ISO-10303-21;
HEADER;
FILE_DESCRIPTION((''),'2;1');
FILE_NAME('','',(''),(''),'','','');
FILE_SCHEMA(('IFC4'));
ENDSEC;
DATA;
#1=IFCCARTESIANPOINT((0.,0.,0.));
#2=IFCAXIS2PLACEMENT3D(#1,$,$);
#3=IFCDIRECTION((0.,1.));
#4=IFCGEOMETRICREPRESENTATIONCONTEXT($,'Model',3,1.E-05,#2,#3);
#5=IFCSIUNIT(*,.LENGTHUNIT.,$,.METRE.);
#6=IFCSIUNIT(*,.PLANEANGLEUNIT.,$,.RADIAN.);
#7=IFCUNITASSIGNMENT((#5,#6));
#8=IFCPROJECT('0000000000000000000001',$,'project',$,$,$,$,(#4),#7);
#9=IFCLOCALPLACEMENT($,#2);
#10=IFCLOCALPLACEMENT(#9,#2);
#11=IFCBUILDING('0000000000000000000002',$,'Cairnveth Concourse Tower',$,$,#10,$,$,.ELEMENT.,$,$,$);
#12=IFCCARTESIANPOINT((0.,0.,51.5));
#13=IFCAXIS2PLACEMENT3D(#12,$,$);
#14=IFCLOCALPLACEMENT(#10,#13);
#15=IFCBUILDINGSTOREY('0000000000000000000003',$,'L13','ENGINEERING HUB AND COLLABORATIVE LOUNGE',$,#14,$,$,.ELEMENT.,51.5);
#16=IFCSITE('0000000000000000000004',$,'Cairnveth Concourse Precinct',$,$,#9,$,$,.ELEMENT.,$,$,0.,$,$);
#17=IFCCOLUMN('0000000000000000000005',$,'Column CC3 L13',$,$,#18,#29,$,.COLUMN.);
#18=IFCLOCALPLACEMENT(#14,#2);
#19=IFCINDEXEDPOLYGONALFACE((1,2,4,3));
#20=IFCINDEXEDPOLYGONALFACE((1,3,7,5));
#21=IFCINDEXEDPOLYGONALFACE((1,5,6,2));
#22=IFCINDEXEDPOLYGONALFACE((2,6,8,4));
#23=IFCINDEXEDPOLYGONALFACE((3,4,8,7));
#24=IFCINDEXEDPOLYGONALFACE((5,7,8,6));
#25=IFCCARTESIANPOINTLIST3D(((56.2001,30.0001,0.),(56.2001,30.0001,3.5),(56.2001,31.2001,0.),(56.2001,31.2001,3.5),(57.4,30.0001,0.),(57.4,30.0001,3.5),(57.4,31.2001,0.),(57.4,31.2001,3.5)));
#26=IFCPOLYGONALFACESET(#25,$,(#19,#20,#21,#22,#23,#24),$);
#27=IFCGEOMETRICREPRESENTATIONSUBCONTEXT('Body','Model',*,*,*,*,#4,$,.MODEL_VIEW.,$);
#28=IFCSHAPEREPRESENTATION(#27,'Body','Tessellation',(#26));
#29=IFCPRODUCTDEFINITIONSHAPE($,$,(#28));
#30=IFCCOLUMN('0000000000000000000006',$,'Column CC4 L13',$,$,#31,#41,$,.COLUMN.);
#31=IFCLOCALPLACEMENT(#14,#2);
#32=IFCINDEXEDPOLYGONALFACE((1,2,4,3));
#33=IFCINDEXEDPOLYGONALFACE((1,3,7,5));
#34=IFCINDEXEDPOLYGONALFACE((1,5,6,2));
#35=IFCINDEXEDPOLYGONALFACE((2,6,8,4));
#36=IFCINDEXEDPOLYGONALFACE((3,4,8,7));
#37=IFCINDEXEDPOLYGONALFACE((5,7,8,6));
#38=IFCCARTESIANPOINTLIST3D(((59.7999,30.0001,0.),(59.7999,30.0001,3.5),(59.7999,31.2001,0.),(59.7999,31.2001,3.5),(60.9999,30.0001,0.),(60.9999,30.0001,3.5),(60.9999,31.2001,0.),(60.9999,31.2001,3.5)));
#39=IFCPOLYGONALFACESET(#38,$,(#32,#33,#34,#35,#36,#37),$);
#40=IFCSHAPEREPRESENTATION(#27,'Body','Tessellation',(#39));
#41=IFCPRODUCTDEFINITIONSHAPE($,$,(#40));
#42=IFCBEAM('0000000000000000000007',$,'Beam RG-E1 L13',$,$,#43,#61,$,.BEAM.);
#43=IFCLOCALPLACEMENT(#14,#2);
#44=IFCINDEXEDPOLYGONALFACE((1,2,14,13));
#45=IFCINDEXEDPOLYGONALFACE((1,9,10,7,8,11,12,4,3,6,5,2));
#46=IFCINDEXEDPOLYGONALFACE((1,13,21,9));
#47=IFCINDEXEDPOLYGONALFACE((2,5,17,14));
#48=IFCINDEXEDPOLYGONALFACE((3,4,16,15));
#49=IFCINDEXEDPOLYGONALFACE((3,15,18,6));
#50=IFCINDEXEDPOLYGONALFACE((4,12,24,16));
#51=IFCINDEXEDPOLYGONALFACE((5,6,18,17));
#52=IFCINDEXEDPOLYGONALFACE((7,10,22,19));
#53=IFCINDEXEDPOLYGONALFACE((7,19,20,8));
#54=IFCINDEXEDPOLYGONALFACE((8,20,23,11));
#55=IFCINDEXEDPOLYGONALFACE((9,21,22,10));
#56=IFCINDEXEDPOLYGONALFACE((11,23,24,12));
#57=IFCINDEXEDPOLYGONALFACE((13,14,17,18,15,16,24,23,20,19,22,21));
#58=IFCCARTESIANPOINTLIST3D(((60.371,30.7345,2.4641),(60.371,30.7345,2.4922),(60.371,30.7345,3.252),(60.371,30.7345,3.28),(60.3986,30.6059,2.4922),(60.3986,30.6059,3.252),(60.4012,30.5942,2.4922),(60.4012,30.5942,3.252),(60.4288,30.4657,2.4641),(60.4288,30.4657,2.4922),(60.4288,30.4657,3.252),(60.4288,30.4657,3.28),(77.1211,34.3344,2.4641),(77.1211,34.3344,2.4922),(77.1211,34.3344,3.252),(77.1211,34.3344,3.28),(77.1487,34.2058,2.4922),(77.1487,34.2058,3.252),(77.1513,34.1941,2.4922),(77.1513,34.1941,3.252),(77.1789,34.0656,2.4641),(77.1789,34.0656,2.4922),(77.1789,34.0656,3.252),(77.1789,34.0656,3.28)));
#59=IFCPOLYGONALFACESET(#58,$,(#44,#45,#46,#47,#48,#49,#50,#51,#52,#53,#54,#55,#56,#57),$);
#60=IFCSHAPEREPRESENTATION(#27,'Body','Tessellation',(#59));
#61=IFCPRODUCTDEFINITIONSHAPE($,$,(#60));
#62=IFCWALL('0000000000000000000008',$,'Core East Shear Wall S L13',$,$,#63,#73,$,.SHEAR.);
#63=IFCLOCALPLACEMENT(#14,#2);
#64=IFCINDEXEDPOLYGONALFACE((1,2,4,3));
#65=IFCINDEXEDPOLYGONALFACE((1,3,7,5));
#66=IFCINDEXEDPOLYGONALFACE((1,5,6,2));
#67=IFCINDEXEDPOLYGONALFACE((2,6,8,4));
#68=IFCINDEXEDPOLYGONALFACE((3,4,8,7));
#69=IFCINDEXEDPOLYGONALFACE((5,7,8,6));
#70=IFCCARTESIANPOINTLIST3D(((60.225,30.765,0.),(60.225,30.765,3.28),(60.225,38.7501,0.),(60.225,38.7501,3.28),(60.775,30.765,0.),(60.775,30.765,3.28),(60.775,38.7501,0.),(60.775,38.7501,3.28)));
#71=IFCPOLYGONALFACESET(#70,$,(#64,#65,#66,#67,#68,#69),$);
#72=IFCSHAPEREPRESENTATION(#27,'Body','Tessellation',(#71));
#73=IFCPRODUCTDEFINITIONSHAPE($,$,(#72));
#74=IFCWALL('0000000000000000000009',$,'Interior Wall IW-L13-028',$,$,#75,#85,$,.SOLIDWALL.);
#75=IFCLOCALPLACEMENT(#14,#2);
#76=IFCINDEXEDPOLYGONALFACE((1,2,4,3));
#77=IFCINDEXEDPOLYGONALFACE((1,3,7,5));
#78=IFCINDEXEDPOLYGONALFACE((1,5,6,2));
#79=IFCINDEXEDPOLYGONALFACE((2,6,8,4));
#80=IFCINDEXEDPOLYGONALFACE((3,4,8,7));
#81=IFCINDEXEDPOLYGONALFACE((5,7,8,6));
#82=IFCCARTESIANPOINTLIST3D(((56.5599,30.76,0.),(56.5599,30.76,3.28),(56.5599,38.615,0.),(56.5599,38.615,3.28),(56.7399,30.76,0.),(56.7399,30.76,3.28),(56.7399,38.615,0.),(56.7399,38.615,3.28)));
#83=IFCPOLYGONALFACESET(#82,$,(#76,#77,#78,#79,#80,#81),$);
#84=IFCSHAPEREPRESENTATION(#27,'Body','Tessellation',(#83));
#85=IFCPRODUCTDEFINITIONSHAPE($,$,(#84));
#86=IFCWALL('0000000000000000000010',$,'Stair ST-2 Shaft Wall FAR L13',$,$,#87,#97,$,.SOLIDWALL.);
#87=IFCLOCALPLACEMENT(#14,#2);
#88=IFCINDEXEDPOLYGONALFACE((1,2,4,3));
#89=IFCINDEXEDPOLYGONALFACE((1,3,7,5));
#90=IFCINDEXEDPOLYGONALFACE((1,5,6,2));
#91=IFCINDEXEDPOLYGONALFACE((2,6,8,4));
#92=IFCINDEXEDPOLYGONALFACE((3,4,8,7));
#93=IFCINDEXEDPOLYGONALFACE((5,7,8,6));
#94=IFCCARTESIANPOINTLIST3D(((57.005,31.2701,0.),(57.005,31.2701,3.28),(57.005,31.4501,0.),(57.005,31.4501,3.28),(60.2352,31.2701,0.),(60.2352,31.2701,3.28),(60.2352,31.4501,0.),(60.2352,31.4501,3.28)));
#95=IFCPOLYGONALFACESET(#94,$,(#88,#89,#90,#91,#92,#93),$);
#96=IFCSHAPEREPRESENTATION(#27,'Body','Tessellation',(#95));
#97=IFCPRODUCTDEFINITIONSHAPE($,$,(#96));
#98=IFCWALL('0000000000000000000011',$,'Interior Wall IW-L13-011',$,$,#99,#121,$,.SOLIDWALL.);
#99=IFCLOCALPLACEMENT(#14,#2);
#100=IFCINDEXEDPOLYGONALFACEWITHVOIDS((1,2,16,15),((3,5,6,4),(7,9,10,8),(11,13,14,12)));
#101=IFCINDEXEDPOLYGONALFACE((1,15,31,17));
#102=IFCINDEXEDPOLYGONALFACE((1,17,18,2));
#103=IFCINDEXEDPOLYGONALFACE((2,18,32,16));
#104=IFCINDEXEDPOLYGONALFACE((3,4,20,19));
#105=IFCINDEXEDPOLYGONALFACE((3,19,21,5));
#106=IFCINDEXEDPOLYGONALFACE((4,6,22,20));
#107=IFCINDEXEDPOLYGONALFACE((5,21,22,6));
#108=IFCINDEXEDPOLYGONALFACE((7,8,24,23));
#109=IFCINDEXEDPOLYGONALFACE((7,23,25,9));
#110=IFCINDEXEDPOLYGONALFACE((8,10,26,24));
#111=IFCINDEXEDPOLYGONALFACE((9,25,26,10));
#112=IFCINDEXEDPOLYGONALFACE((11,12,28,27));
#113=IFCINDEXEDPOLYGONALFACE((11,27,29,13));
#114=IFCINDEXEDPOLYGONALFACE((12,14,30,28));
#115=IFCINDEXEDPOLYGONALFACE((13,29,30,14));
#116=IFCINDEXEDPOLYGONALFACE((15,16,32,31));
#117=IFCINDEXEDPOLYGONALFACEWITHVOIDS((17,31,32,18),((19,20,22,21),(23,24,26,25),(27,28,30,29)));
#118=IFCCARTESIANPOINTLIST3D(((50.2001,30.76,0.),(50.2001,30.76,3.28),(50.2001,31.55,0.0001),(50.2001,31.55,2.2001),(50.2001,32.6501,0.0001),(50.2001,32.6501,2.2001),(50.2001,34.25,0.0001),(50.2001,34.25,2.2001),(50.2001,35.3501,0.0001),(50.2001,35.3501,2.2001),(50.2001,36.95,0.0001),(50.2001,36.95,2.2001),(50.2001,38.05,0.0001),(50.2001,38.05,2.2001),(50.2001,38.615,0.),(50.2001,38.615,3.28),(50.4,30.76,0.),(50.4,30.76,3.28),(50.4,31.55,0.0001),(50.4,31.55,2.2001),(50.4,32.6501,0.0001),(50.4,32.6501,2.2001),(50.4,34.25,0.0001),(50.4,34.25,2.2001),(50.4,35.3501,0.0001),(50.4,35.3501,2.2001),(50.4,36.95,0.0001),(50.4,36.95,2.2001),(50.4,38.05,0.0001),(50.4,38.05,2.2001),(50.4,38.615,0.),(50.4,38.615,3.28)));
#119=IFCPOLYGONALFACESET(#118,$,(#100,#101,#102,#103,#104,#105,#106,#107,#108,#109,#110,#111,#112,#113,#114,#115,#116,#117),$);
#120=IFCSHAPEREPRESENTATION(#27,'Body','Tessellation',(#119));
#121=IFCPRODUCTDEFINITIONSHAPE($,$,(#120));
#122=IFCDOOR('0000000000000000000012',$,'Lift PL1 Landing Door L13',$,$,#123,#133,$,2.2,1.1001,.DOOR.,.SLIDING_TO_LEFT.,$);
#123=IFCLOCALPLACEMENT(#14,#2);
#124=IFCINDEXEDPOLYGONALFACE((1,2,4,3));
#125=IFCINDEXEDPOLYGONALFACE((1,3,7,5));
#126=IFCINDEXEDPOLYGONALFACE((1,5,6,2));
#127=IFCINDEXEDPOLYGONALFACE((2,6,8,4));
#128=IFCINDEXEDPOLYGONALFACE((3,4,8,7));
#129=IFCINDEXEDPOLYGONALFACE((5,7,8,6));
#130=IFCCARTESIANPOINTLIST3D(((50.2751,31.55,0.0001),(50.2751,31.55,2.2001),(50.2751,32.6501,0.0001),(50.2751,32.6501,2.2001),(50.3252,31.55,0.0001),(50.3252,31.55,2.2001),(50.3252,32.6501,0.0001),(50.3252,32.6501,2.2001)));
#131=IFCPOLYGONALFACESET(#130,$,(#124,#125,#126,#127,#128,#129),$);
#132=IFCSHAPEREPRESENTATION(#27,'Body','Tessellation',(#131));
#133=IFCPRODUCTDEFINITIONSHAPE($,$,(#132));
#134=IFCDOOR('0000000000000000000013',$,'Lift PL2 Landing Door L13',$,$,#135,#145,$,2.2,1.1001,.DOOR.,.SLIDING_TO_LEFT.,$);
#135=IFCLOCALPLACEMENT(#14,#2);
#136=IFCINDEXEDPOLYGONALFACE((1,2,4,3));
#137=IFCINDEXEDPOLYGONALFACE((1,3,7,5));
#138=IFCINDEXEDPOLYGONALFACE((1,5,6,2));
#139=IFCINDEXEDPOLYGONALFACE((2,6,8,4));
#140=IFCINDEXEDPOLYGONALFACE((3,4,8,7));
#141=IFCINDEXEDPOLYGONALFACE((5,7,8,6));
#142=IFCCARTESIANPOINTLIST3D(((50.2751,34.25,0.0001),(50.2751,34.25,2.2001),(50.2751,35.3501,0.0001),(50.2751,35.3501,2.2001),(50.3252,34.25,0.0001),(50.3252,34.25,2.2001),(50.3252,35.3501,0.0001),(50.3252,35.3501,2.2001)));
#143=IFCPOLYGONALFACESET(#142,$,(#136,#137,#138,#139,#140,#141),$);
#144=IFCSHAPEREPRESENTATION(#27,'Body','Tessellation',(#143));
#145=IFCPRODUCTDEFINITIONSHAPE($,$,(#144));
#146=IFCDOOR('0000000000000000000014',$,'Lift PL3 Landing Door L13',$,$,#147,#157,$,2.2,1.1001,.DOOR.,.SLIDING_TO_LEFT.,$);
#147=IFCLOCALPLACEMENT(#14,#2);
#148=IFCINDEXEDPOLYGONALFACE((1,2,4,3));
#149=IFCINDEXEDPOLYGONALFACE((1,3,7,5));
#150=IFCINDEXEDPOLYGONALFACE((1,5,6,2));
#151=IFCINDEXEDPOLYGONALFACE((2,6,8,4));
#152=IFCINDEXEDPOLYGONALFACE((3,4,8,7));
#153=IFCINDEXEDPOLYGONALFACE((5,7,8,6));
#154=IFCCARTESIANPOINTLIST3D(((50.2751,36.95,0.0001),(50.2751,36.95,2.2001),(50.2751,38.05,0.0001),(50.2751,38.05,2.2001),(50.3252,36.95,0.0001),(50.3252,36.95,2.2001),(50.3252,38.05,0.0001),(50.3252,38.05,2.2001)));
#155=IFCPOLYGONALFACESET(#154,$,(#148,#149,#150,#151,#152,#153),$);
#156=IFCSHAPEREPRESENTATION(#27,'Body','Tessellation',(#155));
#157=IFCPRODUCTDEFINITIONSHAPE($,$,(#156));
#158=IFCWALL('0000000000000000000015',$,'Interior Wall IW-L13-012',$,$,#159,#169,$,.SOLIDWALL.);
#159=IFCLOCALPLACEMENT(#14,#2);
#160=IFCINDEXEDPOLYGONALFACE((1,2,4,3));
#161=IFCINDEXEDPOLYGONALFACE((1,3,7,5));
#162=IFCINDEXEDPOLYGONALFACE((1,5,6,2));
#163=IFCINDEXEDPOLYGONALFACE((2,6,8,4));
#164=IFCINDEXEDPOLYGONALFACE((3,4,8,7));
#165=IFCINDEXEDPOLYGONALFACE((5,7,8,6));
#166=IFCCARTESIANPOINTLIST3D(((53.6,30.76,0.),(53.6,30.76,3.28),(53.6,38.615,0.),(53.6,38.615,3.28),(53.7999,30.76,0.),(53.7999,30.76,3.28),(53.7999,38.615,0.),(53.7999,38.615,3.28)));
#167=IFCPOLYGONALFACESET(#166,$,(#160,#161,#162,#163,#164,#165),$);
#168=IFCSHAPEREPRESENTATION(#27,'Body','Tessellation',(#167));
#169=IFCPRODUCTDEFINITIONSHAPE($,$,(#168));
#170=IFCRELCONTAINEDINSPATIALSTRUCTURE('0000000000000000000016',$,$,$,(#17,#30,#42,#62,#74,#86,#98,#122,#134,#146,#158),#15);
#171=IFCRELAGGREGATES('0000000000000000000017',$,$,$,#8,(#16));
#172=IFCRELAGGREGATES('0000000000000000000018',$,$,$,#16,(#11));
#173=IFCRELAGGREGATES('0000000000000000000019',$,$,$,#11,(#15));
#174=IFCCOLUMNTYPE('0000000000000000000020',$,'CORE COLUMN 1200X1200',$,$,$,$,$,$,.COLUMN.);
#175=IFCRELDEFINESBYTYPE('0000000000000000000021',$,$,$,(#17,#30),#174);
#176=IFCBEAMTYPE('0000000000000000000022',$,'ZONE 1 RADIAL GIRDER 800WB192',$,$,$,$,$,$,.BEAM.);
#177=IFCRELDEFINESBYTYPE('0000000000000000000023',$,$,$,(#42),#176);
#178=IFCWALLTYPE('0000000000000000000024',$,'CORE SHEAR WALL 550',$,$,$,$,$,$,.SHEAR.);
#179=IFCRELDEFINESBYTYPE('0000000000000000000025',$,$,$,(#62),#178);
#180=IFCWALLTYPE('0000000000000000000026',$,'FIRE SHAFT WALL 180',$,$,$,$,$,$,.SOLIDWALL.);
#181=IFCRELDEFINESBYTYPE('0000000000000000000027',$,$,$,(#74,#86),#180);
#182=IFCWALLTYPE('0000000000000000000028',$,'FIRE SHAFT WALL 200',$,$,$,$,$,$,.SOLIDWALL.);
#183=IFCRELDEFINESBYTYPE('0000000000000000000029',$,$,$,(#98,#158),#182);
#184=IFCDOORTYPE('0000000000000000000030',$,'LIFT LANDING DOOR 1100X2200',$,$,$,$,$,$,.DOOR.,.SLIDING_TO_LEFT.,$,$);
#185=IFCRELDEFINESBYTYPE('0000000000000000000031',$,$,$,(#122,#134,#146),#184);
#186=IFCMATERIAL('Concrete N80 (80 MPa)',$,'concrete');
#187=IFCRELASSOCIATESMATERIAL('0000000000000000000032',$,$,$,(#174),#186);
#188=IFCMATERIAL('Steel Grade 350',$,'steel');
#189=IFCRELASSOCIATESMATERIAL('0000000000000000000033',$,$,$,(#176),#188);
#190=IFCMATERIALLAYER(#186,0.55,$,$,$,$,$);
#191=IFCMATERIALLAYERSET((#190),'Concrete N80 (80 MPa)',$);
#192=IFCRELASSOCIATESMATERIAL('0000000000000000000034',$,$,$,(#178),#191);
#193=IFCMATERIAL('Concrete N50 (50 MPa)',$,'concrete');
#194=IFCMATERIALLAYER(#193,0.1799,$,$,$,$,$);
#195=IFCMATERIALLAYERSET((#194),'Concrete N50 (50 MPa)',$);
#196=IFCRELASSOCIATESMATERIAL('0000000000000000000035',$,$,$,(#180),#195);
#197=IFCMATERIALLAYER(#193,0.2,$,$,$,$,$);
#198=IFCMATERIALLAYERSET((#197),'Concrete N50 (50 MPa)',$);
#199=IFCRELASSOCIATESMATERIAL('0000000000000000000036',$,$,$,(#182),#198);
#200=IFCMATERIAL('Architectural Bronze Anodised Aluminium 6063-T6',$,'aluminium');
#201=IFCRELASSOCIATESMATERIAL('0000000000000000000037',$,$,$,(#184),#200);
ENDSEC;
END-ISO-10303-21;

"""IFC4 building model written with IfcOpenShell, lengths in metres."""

from ifc_helpers import new_model, si_unit, direction, frame, frame_2d, origin, origin_2d, place, context, subcontext, project, spatial, rectangle, i_section, extrude, material, layer, layer_set, material_profile, profile_set, type_object, element, fill, save


model = new_model("IFC4")

# Units and contexts
model_context = context("Model", 3, precision=1e-05, world=origin(), true_north=direction((0.0, 1.0)))
body_context = subcontext(model_context, "Body", "Model", "MODEL_VIEW")
ifc_project = project(units=[si_unit("LENGTHUNIT", "METRE"), si_unit("PLANEANGLEUNIT", "RADIAN")], contexts=[model_context])

# Site, building, storey
site_placement = place(None, origin())
site = spatial("IfcSite", under=ifc_project, at=site_placement, Name="Cairnveth Concourse Precinct", CompositionType="ELEMENT", RefElevation=0.0)
building_placement = place(site_placement, origin())
building = spatial("IfcBuilding", under=site, at=building_placement, Name="Cairnveth Concourse Tower", CompositionType="ELEMENT")
storey_placement = place(building_placement, frame((0.0, 0.0, 51.5)))
storey = spatial("IfcBuildingStorey", under=building, at=storey_placement, Name="L13", Description="ENGINEERING HUB AND COLLABORATIVE LOUNGE", CompositionType="ELEMENT", Elevation=51.5)

# Columns
ifc_material_1 = material(Name="Concrete N80 (80 MPa)", Category="concrete")
ifc_material_profile_1 = material_profile(ifc_material_1, rectangle(XDim=1.2, YDim=1.2, at=origin_2d()), Name="RC-COL-1200x1200")
ifc_profile_set_1 = profile_set([ifc_material_profile_1], Name="Concrete N80 (80 MPa)")
column_type = type_object("IfcColumnType", Name="CORE COLUMN 1200X1200", PredefinedType="COLUMN", material=ifc_profile_set_1)
for number, where, z_axis, x_axis, name in (
    (1, (56.8, 30.6001, 0.0), (0.0, 0.0, 1.0), (1.0, 0.0, 0.0), "Column CC3 L13"),
    (2, (60.3999, 30.6001, 0.0), (0.0, 0.0, 1.0), (1.0, 0.0, 0.0), "Column CC4 L13"),
):
    element("IfcColumn", number, at=place(storey_placement, frame(where, z_axis=z_axis, x_axis=x_axis)), inside=storey, type_object=column_type, Name=name, PredefinedType="COLUMN", context=body_context, shape_type="SweptSolid", body=[
        extrude(rectangle(XDim=1.2, YDim=1.2, at=origin_2d()), origin(), (0.0, 0.0, 1.0), 3.5),
    ])

# Beam
ifc_material_2 = material(Name="Steel Grade 350", Category="steel")
ifc_material_profile_2 = material_profile(ifc_material_2, i_section(OverallWidth=0.2749, OverallDepth=0.8159, WebThickness=0.012, FlangeThickness=0.0281, at=origin_2d()), Name="800WB192")
ifc_profile_set_2 = profile_set([ifc_material_profile_2], Name="Steel Grade 350")
beam_type = type_object("IfcBeamType", Name="ZONE 1 RADIAL GIRDER 800WB192", PredefinedType="BEAM", material=ifc_profile_set_2)
beam_placement = place(storey_placement, frame((60.3999, 30.6001, 2.8721), z_axis=(0.977676, 0.210119, 0.0), x_axis=(-0.210119, 0.977676, 0.0)))
element("IfcBeam", 3, at=beam_placement, inside=storey, type_object=beam_type, Name="Beam RG-E1 L13", PredefinedType="BEAM", context=body_context, shape_type="SweptSolid", body=[
    extrude(i_section(OverallWidth=0.2749, OverallDepth=0.8159, WebThickness=0.012, FlangeThickness=0.0281, at=origin_2d()), origin(), (0.0, 0.0, 1.0), 17.1326),
])

# Walls
ifc_layer_1 = layer(ifc_material_1, 0.55)
ifc_layer_set_1 = layer_set([ifc_layer_1], Name="Concrete N80 (80 MPa)")
wall_type_1 = type_object("IfcWallType", Name="CORE SHEAR WALL 550", PredefinedType="SHEAR", material=ifc_layer_set_1)
wall_1_placement = place(storey_placement, frame((60.5, 30.7649, 0.0), z_axis=(0.0, 0.0, 1.0), x_axis=(0.0, 1.0, 0.0)))
element("IfcWall", 4, at=wall_1_placement, inside=storey, type_object=wall_type_1, Name="Core East Shear Wall S L13", PredefinedType="SHEAR", context=body_context, shape_type="SweptSolid", body=[
    extrude(rectangle(XDim=7.9851, YDim=0.55, at=frame_2d((3.9927, 0.0))), origin(), (0.0, 0.0, 1.0), 3.28),
])
ifc_material_3 = material(Name="Concrete N50 (50 MPa)", Category="concrete")
ifc_layer_2 = layer(ifc_material_3, 0.1799)
ifc_layer_set_2 = layer_set([ifc_layer_2], Name="Concrete N50 (50 MPa)")
wall_type_2 = type_object("IfcWallType", Name="FIRE SHAFT WALL 180", PredefinedType="SOLIDWALL", material=ifc_layer_set_2)
wall_2_placement = place(storey_placement, frame((56.6499, 30.76, 0.0), z_axis=(0.0, 0.0, 1.0), x_axis=(0.0, 1.0, 0.0)))
element("IfcWall", 5, at=wall_2_placement, inside=storey, type_object=wall_type_2, Name="Interior Wall IW-L13-028", PredefinedType="SOLIDWALL", context=body_context, shape_type="SweptSolid", body=[
    extrude(rectangle(XDim=7.855, YDim=0.1799, at=frame_2d((3.9275, 0.0))), origin(), (0.0, 0.0, 1.0), 3.28),
])
wall_3_placement = place(storey_placement, frame((57.0049, 31.3601, 0.0), z_axis=(0.0, 0.0, 1.0), x_axis=(1.0, 0.0, 0.0)))
element("IfcWall", 6, at=wall_3_placement, inside=storey, type_object=wall_type_2, Name="Stair ST-2 Shaft Wall FAR L13", PredefinedType="SOLIDWALL", context=body_context, shape_type="SweptSolid", body=[
    extrude(rectangle(XDim=3.2302, YDim=0.1799, at=frame_2d((1.6152, 0.0))), origin(), (0.0, 0.0, 1.0), 3.28),
])

# Wall, openings, doors
ifc_layer_3 = layer(ifc_material_3, 0.2)
ifc_layer_set_3 = layer_set([ifc_layer_3], Name="Concrete N50 (50 MPa)")
wall_type_3 = type_object("IfcWallType", Name="FIRE SHAFT WALL 200", PredefinedType="SOLIDWALL", material=ifc_layer_set_3)
wall_4_placement = place(storey_placement, frame((50.3, 30.76, 0.0), z_axis=(0.0, 0.0, 1.0), x_axis=(0.0, 1.0, 0.0)))
wall_4 = element("IfcWall", 7, at=wall_4_placement, inside=storey, type_object=wall_type_3, Name="Interior Wall IW-L13-011", PredefinedType="SOLIDWALL", context=body_context, shape_type="SweptSolid", body=[
    extrude(rectangle(XDim=7.855, YDim=0.2, at=frame_2d((3.9275, 0.0))), origin(), (0.0, 0.0, 1.0), 3.28),
])
opening_1_placement = place(wall_4_placement, frame((0.79, 0.0, 0.0)))
opening_1 = element("IfcOpeningElement", 8, at=opening_1_placement, cuts=wall_4, PredefinedType="OPENING", context=body_context, shape_type="SweptSolid", body=[
    extrude(rectangle(XDim=1.1001, YDim=2.2, at=frame_2d((0.55, 1.1001))), frame((0.0, 0.1099, 0.0), z_axis=(0.0, -1.0, 0.0), x_axis=(1.0, 0.0, 0.0)), (0.0, 0.0, 1.0), 0.22),
])
opening_2_placement = place(wall_4_placement, frame((3.49, 0.0, 0.0)))
opening_2 = element("IfcOpeningElement", 9, at=opening_2_placement, cuts=wall_4, PredefinedType="OPENING", context=body_context, shape_type="SweptSolid", body=[
    extrude(rectangle(XDim=1.1001, YDim=2.2, at=frame_2d((0.55, 1.1001))), frame((0.0, 0.1099, 0.0), z_axis=(0.0, -1.0, 0.0), x_axis=(1.0, 0.0, 0.0)), (0.0, 0.0, 1.0), 0.22),
])
opening_3_placement = place(wall_4_placement, frame((6.1899, 0.0, 0.0)))
opening_3 = element("IfcOpeningElement", 10, at=opening_3_placement, cuts=wall_4, PredefinedType="OPENING", context=body_context, shape_type="SweptSolid", body=[
    extrude(rectangle(XDim=1.1001, YDim=2.2, at=frame_2d((0.55, 1.1001))), frame((0.0, 0.1099, 0.0), z_axis=(0.0, -1.0, 0.0), x_axis=(1.0, 0.0, 0.0)), (0.0, 0.0, 1.0), 0.22),
])
ifc_material_4 = material(Name="Architectural Bronze Anodised Aluminium 6063-T6", Category="aluminium")
door_type = type_object("IfcDoorType", Name="LIFT LANDING DOOR 1100X2200", OperationType="SLIDING_TO_LEFT", PredefinedType="DOOR", material=ifc_material_4)
door_1_placement = place(opening_1_placement, origin())
door_1 = element("IfcDoor", 11, at=door_1_placement, inside=storey, type_object=door_type, Name="Lift PL1 Landing Door L13", OperationType="SLIDING_TO_LEFT", OverallHeight=2.2, OverallWidth=1.1001, PredefinedType="DOOR", context=body_context, shape_type="SweptSolid", body=[
    extrude(rectangle(XDim=1.1001, YDim=2.2, at=frame_2d((0.55, 1.1001))), frame((0.0, 0.0249, 0.0), z_axis=(0.0, -1.0, 0.0), x_axis=(1.0, 0.0, 0.0)), (0.0, 0.0, 1.0), 0.05),
])
fill(opening_1, door_1)
door_2_placement = place(opening_2_placement, origin())
door_2 = element("IfcDoor", 12, at=door_2_placement, inside=storey, type_object=door_type, Name="Lift PL2 Landing Door L13", OperationType="SLIDING_TO_LEFT", OverallHeight=2.2, OverallWidth=1.1001, PredefinedType="DOOR", context=body_context, shape_type="SweptSolid", body=[
    extrude(rectangle(XDim=1.1001, YDim=2.2, at=frame_2d((0.55, 1.1001))), frame((0.0, 0.0249, 0.0), z_axis=(0.0, -1.0, 0.0), x_axis=(1.0, 0.0, 0.0)), (0.0, 0.0, 1.0), 0.05),
])
fill(opening_2, door_2)
door_3_placement = place(opening_3_placement, origin())
door_3 = element("IfcDoor", 13, at=door_3_placement, inside=storey, type_object=door_type, Name="Lift PL3 Landing Door L13", OperationType="SLIDING_TO_LEFT", OverallHeight=2.2, OverallWidth=1.1001, PredefinedType="DOOR", context=body_context, shape_type="SweptSolid", body=[
    extrude(rectangle(XDim=1.1001, YDim=2.2, at=frame_2d((0.55, 1.1001))), frame((0.0, 0.0249, 0.0), z_axis=(0.0, -1.0, 0.0), x_axis=(1.0, 0.0, 0.0)), (0.0, 0.0, 1.0), 0.05),
])
fill(opening_3, door_3)

# Wall
wall_5_placement = place(storey_placement, frame((53.7, 30.76, 0.0), z_axis=(0.0, 0.0, 1.0), x_axis=(0.0, 1.0, 0.0)))
element("IfcWall", 14, at=wall_5_placement, inside=storey, type_object=wall_type_3, Name="Interior Wall IW-L13-012", PredefinedType="SOLIDWALL", context=body_context, shape_type="SweptSolid", body=[
    extrude(rectangle(XDim=7.855, YDim=0.2, at=frame_2d((3.9275, 0.0))), origin(), (0.0, 0.0, 1.0), 3.28),
])

save(model, "model.ifc")
